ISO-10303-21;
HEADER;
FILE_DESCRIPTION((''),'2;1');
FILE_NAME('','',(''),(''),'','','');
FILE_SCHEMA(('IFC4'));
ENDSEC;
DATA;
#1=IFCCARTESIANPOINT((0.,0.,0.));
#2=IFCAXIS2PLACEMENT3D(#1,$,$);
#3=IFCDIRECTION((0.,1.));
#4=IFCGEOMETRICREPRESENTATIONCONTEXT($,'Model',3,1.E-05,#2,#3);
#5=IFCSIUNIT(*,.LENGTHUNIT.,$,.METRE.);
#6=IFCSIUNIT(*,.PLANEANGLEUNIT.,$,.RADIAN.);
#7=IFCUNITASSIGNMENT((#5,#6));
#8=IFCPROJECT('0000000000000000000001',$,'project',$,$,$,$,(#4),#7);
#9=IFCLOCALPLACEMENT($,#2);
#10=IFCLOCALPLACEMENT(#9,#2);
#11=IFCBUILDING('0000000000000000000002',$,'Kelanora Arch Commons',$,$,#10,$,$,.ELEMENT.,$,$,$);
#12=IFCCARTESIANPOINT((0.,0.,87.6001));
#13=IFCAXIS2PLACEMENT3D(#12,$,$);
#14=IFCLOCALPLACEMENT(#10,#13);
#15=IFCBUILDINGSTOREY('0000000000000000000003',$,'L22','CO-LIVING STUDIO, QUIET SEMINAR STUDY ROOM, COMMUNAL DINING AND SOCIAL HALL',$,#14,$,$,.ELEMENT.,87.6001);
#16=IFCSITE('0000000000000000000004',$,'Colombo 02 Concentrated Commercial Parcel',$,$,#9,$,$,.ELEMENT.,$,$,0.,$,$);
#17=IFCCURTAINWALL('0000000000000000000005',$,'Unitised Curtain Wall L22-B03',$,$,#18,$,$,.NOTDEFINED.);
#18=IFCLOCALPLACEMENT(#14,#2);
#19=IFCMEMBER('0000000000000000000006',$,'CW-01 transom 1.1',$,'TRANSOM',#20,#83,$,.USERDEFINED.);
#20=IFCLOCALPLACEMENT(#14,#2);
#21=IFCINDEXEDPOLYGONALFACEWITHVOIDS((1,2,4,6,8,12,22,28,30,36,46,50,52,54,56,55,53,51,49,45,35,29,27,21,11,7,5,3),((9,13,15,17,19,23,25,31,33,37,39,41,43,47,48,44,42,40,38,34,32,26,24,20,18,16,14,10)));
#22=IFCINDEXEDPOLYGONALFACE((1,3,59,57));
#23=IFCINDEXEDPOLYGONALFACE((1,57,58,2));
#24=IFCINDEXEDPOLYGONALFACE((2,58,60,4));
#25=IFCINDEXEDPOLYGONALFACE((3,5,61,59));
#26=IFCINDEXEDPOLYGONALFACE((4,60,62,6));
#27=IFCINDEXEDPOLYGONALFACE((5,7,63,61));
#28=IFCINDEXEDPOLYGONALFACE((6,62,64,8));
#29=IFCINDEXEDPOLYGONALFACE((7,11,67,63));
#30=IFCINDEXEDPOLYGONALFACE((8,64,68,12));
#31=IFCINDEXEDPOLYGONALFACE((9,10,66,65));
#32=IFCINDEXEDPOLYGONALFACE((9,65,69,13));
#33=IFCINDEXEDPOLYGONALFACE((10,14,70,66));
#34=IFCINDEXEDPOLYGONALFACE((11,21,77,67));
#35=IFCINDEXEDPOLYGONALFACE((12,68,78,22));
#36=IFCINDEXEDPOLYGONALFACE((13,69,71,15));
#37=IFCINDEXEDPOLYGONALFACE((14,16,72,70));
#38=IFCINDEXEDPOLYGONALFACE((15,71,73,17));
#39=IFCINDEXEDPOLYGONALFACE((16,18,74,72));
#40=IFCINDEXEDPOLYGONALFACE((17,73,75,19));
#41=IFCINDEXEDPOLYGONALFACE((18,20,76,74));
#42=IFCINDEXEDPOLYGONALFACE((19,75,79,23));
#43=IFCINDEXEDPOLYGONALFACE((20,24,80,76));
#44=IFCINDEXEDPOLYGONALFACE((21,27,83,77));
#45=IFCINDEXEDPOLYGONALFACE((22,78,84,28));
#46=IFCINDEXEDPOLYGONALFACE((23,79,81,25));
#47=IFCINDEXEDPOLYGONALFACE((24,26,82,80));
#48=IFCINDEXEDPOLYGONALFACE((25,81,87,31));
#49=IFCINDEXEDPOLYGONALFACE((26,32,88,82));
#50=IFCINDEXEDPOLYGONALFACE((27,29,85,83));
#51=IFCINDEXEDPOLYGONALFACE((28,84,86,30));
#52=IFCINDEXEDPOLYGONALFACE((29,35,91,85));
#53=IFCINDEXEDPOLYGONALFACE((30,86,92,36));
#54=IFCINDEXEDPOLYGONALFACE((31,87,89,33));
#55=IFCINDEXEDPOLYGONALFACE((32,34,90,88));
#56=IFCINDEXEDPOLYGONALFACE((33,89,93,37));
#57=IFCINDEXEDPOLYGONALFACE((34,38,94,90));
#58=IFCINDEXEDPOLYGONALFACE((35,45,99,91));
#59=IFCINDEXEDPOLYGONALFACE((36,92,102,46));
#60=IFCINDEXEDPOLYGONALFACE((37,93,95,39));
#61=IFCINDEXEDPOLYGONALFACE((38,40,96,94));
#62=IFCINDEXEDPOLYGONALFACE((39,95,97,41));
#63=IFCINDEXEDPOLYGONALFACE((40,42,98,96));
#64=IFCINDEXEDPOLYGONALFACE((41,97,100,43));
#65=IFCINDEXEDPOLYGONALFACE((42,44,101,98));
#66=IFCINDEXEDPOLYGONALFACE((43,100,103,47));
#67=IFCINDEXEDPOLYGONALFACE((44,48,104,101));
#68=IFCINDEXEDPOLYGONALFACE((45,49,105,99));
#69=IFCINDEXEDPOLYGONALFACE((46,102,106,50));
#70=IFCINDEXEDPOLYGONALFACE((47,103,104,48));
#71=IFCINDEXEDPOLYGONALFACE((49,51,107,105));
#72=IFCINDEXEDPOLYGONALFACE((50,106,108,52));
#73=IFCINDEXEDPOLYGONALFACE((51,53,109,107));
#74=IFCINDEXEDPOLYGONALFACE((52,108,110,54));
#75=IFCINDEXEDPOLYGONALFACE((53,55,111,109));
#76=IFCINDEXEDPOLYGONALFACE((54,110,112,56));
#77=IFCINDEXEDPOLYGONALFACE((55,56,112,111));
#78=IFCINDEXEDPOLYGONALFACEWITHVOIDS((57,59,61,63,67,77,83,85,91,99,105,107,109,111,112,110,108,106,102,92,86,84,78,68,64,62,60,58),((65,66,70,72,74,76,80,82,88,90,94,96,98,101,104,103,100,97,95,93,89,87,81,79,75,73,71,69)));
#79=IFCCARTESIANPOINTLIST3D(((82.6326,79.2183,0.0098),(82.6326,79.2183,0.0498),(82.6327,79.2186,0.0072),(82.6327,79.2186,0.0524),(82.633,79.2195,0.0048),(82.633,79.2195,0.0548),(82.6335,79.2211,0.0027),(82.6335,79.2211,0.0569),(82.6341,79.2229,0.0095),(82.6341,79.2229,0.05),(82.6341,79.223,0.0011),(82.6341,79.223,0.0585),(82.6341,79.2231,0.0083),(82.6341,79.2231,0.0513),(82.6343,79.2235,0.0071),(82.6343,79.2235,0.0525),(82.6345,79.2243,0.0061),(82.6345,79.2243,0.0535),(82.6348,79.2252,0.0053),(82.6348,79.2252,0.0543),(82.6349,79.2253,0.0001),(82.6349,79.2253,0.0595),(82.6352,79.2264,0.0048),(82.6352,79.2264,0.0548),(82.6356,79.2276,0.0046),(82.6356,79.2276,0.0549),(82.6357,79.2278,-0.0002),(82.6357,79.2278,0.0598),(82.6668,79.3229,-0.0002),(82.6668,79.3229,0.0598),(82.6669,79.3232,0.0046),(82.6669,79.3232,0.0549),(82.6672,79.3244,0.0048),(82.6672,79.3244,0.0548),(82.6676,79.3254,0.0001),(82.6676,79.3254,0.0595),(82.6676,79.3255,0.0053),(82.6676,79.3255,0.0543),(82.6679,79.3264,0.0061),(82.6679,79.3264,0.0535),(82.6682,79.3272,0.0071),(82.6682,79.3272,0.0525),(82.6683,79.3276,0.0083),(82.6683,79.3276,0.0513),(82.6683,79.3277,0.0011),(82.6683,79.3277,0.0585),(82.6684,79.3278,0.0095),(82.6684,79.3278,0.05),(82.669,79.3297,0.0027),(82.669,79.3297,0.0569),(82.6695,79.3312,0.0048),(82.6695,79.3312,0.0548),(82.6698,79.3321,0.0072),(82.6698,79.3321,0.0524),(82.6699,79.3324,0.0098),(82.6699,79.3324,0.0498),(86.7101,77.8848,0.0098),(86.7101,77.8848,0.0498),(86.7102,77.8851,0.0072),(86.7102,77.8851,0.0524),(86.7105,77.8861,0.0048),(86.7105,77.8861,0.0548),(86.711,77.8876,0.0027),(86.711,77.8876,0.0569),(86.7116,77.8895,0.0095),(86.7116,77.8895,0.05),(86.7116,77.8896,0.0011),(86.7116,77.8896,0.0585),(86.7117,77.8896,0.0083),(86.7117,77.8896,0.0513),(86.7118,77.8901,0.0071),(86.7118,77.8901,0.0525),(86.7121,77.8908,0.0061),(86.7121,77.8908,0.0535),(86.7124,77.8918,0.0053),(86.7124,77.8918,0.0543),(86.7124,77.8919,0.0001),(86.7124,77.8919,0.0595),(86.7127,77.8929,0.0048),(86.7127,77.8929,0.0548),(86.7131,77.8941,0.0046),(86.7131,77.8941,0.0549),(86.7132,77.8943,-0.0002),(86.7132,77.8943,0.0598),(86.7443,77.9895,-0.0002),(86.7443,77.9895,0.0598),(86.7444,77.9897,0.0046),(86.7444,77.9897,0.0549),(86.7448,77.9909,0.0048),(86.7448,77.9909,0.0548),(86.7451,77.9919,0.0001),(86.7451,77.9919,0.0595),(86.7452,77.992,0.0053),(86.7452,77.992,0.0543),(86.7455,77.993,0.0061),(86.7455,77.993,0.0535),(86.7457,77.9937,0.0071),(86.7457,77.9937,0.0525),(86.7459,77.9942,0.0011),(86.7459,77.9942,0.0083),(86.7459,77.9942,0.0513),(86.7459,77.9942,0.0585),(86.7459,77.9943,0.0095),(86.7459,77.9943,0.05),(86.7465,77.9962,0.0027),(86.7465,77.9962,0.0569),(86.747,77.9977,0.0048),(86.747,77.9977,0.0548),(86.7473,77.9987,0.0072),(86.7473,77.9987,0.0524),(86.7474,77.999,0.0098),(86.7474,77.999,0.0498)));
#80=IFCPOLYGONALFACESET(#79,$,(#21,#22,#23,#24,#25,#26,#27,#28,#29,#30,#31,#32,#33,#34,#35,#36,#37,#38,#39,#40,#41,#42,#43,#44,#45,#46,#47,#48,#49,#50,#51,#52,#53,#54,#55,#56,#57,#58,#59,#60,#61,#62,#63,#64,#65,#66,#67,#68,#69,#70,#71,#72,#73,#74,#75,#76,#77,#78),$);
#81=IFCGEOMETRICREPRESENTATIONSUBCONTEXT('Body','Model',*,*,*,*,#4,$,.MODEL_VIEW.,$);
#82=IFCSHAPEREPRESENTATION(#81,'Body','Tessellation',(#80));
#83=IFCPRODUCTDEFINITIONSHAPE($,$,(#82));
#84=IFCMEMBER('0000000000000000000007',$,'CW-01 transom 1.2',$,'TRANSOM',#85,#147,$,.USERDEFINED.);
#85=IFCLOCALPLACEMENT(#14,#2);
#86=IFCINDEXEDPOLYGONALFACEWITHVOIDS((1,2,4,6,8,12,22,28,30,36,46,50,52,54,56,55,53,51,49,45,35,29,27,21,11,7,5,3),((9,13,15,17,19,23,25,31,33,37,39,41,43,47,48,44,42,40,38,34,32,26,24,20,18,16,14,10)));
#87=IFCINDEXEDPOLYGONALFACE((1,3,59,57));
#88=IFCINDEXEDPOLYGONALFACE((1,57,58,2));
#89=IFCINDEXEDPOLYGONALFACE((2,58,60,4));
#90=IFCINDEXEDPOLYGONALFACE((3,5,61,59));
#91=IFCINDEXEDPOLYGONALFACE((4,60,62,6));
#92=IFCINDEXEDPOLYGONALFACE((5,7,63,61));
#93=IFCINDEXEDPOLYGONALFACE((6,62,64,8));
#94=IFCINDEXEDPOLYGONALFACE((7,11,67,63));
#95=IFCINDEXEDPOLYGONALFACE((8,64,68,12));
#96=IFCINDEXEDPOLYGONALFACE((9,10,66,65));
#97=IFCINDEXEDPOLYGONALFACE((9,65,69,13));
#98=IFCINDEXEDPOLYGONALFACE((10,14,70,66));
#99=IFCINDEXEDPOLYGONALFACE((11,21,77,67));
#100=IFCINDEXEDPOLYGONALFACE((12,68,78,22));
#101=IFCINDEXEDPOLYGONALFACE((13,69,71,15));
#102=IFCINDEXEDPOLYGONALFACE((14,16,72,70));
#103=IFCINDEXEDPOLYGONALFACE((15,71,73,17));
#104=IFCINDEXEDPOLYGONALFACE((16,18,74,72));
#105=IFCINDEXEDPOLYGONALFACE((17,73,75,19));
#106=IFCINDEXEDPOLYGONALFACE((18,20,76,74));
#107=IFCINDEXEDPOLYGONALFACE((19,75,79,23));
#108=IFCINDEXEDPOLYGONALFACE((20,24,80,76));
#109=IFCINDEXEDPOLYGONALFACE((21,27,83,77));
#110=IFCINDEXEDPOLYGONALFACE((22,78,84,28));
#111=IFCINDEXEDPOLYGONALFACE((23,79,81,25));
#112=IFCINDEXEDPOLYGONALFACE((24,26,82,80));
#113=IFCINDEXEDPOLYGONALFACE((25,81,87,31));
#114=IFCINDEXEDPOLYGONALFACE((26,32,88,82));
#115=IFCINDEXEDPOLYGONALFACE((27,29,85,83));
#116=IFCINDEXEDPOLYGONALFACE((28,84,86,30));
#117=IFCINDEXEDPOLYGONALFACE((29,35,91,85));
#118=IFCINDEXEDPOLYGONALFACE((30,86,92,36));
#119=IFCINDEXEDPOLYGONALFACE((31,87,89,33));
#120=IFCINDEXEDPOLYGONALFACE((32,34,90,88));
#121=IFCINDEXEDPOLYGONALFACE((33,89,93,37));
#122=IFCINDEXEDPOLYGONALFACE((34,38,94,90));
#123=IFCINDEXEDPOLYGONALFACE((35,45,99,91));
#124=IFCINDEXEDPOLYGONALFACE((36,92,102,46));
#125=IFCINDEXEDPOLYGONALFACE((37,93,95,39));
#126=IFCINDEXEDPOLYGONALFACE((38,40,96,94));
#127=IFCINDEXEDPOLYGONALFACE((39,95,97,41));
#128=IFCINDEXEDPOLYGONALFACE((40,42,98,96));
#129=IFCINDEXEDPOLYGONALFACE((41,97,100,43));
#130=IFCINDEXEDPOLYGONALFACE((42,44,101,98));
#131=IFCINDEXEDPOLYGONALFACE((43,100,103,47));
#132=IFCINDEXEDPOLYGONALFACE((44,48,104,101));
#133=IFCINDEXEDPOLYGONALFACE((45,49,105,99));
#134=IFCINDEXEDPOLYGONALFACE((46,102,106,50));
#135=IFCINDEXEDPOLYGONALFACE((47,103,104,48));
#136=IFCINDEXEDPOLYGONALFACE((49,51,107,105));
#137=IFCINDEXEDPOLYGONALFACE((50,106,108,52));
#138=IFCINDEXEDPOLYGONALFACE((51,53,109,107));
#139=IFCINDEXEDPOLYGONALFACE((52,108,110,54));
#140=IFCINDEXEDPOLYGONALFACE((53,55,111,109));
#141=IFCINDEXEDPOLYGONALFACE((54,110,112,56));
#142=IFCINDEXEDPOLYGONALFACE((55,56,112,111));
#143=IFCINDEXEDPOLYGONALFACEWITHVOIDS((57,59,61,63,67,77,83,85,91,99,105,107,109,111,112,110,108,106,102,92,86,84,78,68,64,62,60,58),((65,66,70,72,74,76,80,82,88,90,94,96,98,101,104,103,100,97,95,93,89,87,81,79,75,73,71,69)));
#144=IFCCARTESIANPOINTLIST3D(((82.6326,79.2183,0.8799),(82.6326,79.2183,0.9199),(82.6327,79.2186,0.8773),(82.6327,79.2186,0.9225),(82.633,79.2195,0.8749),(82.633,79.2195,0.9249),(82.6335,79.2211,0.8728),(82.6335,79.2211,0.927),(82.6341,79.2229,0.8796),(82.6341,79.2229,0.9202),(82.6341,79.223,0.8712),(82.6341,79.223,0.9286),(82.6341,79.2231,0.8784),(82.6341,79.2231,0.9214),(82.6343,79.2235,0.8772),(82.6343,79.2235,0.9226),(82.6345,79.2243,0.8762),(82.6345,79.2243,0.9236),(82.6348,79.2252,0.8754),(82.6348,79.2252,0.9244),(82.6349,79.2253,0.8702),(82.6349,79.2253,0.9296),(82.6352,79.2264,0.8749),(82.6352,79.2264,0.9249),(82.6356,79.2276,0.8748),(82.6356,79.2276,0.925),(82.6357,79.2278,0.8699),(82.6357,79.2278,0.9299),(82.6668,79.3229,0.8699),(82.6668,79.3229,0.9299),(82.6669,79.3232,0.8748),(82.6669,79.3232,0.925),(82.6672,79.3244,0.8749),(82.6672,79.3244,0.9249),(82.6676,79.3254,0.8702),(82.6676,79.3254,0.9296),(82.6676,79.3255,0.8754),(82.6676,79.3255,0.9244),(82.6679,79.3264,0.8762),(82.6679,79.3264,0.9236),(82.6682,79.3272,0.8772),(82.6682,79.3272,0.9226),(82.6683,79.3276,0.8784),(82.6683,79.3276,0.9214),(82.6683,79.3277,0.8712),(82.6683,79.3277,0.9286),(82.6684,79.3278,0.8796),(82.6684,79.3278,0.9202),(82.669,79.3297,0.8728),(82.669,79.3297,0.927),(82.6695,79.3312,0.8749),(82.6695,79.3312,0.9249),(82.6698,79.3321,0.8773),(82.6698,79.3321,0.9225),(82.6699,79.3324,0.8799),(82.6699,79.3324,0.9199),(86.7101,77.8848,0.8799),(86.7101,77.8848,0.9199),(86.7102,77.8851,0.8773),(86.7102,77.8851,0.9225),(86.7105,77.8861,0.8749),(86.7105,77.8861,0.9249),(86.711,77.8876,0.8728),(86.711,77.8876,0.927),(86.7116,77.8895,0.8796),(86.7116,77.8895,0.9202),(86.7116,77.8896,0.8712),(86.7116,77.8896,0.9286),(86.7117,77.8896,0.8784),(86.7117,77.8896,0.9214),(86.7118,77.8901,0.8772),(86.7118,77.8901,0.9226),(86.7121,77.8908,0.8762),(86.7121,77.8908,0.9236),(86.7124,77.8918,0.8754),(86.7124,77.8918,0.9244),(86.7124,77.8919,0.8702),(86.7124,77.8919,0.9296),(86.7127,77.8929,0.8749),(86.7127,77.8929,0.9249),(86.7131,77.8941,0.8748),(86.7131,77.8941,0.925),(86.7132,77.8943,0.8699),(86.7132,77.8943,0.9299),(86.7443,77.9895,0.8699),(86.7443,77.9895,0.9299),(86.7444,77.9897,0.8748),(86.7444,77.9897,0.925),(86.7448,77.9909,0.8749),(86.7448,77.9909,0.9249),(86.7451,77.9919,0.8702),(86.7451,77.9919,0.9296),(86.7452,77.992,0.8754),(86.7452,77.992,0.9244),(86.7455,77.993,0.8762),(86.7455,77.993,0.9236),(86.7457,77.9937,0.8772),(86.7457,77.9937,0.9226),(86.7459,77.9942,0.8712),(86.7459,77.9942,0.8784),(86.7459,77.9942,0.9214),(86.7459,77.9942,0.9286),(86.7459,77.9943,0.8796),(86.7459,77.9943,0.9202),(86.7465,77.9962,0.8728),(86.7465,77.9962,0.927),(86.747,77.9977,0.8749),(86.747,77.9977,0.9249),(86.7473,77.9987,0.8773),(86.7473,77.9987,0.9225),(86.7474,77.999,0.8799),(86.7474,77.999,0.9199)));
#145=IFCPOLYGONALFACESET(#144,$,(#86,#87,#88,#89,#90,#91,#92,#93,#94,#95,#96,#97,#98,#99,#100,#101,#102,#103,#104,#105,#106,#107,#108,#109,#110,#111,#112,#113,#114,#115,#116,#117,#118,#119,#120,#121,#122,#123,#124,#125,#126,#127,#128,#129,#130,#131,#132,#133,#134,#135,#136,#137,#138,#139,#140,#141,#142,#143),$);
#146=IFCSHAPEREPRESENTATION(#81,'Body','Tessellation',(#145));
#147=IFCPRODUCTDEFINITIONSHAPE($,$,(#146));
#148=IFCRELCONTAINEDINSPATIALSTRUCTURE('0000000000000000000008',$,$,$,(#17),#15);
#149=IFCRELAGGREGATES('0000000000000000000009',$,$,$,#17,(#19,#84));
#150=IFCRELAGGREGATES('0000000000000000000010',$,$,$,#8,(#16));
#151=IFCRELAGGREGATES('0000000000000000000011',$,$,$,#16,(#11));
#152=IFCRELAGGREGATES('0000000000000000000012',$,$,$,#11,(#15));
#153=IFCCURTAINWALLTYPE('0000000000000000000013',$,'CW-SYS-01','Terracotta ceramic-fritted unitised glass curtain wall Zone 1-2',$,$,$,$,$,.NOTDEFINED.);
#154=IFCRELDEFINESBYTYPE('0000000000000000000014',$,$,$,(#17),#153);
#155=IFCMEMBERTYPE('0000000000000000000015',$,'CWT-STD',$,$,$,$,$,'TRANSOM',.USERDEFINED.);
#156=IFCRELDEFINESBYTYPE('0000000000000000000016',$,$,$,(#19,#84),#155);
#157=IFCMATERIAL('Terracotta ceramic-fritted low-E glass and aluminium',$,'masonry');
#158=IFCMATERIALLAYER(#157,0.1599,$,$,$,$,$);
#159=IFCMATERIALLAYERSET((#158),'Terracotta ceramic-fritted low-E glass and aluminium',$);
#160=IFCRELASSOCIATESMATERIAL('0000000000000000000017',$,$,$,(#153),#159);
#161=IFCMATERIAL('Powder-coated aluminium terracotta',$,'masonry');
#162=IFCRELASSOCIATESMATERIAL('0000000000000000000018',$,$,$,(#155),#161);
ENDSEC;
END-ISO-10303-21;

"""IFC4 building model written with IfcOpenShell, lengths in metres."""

from ifc_helpers import new_model, si_unit, direction, frame, origin, origin_2d, place, context, subcontext, project, spatial, hollow_rectangle, extrude, material, layer, layer_set, material_profile, profile_set, type_object, element, aggregate, save


model = new_model("IFC4")

# Units and contexts
model_context = context("Model", 3, precision=1e-05, world=origin(), true_north=direction((0.0, 1.0)))
body_context = subcontext(model_context, "Body", "Model", "MODEL_VIEW")
ifc_project = project(units=[si_unit("LENGTHUNIT", "METRE"), si_unit("PLANEANGLEUNIT", "RADIAN")], contexts=[model_context])

# Site, building, storey
site_placement = place(None, origin())
site = spatial("IfcSite", under=ifc_project, at=site_placement, Name="Colombo 02 Concentrated Commercial Parcel", CompositionType="ELEMENT", RefElevation=0.0)
building_placement = place(site_placement, origin())
building = spatial("IfcBuilding", under=site, at=building_placement, Name="Kelanora Arch Commons", CompositionType="ELEMENT")
storey_placement = place(building_placement, frame((0.0, 0.0, 87.6001)))
storey = spatial("IfcBuildingStorey", under=building, at=storey_placement, Name="L22", Description="CO-LIVING STUDIO, QUIET SEMINAR STUDY ROOM, COMMUNAL DINING AND SOCIAL HALL", CompositionType="ELEMENT", Elevation=87.6001)

# Shared definitions
ifc_material_1 = material(Name="Terracotta ceramic-fritted low-E glass and aluminium", Category="masonry")
ifc_layer_1 = layer(ifc_material_1, 0.1599)
ifc_layer_set_1 = layer_set([ifc_layer_1], Name="Terracotta ceramic-fritted low-E glass and aluminium")
curtain_wall_type = type_object("IfcCurtainWallType", Name="CW-SYS-01", Description="Terracotta ceramic-fritted unitised glass curtain wall Zone 1-2", PredefinedType="NOTDEFINED", material=ifc_layer_set_1)
ifc_material_2 = material(Name="Powder-coated aluminium terracotta", Category="masonry")

# Curtain wall, members
curtain_wall_1_placement = place(storey_placement, origin())
curtain_wall_1 = element("IfcCurtainWall", 1, at=curtain_wall_1_placement, inside=storey, type_object=curtain_wall_type, Name="Unitised Curtain Wall L22-B03", PredefinedType="NOTDEFINED")
ifc_material_profile_1 = material_profile(ifc_material_2, hollow_rectangle(XDim=0.1201, YDim=0.0601, WallThickness=0.0049, InnerFilletRadius=0.0049, OuterFilletRadius=0.01, at=origin_2d()), Name="CWT120x60")
ifc_profile_set_1 = profile_set([ifc_material_profile_1], Name="Powder-coated aluminium terracotta")
member_type_1 = type_object("IfcMemberType", Name="CWT-STD", ElementType="TRANSOM", PredefinedType="USERDEFINED", material=ifc_profile_set_1)
member_1_placement = place(storey_placement, frame((86.7288, 77.9419, 0.0298), z_axis=(-0.950466, 0.310828, 0.0), x_axis=(-0.310828, -0.950466, 0.0)))
member_1 = element("IfcMember", 2, at=member_1_placement, type_object=member_type_1, Name="CW-01 transom 1.1", ObjectType="TRANSOM", PredefinedType="USERDEFINED", context=body_context, shape_type="SweptSolid", body=[
    extrude(hollow_rectangle(XDim=0.1201, YDim=0.0601, WallThickness=0.0049, InnerFilletRadius=0.0049, OuterFilletRadius=0.01, at=origin_2d()), origin(), (0.0, 0.0, 1.0), 4.29),
])
member_2_placement = place(storey_placement, frame((86.7288, 77.9419, 0.8999), z_axis=(-0.950466, 0.310828, 0.0), x_axis=(-0.310828, -0.950466, 0.0)))
member_2 = element("IfcMember", 3, at=member_2_placement, type_object=member_type_1, Name="CW-01 transom 1.2", ObjectType="TRANSOM", PredefinedType="USERDEFINED", context=body_context, shape_type="SweptSolid", body=[
    extrude(hollow_rectangle(XDim=0.1201, YDim=0.0601, WallThickness=0.0049, InnerFilletRadius=0.0049, OuterFilletRadius=0.01, at=origin_2d()), origin(), (0.0, 0.0, 1.0), 4.29),
])
aggregate(curtain_wall_1, [member_1, member_2])

save(model, "model.ifc")
